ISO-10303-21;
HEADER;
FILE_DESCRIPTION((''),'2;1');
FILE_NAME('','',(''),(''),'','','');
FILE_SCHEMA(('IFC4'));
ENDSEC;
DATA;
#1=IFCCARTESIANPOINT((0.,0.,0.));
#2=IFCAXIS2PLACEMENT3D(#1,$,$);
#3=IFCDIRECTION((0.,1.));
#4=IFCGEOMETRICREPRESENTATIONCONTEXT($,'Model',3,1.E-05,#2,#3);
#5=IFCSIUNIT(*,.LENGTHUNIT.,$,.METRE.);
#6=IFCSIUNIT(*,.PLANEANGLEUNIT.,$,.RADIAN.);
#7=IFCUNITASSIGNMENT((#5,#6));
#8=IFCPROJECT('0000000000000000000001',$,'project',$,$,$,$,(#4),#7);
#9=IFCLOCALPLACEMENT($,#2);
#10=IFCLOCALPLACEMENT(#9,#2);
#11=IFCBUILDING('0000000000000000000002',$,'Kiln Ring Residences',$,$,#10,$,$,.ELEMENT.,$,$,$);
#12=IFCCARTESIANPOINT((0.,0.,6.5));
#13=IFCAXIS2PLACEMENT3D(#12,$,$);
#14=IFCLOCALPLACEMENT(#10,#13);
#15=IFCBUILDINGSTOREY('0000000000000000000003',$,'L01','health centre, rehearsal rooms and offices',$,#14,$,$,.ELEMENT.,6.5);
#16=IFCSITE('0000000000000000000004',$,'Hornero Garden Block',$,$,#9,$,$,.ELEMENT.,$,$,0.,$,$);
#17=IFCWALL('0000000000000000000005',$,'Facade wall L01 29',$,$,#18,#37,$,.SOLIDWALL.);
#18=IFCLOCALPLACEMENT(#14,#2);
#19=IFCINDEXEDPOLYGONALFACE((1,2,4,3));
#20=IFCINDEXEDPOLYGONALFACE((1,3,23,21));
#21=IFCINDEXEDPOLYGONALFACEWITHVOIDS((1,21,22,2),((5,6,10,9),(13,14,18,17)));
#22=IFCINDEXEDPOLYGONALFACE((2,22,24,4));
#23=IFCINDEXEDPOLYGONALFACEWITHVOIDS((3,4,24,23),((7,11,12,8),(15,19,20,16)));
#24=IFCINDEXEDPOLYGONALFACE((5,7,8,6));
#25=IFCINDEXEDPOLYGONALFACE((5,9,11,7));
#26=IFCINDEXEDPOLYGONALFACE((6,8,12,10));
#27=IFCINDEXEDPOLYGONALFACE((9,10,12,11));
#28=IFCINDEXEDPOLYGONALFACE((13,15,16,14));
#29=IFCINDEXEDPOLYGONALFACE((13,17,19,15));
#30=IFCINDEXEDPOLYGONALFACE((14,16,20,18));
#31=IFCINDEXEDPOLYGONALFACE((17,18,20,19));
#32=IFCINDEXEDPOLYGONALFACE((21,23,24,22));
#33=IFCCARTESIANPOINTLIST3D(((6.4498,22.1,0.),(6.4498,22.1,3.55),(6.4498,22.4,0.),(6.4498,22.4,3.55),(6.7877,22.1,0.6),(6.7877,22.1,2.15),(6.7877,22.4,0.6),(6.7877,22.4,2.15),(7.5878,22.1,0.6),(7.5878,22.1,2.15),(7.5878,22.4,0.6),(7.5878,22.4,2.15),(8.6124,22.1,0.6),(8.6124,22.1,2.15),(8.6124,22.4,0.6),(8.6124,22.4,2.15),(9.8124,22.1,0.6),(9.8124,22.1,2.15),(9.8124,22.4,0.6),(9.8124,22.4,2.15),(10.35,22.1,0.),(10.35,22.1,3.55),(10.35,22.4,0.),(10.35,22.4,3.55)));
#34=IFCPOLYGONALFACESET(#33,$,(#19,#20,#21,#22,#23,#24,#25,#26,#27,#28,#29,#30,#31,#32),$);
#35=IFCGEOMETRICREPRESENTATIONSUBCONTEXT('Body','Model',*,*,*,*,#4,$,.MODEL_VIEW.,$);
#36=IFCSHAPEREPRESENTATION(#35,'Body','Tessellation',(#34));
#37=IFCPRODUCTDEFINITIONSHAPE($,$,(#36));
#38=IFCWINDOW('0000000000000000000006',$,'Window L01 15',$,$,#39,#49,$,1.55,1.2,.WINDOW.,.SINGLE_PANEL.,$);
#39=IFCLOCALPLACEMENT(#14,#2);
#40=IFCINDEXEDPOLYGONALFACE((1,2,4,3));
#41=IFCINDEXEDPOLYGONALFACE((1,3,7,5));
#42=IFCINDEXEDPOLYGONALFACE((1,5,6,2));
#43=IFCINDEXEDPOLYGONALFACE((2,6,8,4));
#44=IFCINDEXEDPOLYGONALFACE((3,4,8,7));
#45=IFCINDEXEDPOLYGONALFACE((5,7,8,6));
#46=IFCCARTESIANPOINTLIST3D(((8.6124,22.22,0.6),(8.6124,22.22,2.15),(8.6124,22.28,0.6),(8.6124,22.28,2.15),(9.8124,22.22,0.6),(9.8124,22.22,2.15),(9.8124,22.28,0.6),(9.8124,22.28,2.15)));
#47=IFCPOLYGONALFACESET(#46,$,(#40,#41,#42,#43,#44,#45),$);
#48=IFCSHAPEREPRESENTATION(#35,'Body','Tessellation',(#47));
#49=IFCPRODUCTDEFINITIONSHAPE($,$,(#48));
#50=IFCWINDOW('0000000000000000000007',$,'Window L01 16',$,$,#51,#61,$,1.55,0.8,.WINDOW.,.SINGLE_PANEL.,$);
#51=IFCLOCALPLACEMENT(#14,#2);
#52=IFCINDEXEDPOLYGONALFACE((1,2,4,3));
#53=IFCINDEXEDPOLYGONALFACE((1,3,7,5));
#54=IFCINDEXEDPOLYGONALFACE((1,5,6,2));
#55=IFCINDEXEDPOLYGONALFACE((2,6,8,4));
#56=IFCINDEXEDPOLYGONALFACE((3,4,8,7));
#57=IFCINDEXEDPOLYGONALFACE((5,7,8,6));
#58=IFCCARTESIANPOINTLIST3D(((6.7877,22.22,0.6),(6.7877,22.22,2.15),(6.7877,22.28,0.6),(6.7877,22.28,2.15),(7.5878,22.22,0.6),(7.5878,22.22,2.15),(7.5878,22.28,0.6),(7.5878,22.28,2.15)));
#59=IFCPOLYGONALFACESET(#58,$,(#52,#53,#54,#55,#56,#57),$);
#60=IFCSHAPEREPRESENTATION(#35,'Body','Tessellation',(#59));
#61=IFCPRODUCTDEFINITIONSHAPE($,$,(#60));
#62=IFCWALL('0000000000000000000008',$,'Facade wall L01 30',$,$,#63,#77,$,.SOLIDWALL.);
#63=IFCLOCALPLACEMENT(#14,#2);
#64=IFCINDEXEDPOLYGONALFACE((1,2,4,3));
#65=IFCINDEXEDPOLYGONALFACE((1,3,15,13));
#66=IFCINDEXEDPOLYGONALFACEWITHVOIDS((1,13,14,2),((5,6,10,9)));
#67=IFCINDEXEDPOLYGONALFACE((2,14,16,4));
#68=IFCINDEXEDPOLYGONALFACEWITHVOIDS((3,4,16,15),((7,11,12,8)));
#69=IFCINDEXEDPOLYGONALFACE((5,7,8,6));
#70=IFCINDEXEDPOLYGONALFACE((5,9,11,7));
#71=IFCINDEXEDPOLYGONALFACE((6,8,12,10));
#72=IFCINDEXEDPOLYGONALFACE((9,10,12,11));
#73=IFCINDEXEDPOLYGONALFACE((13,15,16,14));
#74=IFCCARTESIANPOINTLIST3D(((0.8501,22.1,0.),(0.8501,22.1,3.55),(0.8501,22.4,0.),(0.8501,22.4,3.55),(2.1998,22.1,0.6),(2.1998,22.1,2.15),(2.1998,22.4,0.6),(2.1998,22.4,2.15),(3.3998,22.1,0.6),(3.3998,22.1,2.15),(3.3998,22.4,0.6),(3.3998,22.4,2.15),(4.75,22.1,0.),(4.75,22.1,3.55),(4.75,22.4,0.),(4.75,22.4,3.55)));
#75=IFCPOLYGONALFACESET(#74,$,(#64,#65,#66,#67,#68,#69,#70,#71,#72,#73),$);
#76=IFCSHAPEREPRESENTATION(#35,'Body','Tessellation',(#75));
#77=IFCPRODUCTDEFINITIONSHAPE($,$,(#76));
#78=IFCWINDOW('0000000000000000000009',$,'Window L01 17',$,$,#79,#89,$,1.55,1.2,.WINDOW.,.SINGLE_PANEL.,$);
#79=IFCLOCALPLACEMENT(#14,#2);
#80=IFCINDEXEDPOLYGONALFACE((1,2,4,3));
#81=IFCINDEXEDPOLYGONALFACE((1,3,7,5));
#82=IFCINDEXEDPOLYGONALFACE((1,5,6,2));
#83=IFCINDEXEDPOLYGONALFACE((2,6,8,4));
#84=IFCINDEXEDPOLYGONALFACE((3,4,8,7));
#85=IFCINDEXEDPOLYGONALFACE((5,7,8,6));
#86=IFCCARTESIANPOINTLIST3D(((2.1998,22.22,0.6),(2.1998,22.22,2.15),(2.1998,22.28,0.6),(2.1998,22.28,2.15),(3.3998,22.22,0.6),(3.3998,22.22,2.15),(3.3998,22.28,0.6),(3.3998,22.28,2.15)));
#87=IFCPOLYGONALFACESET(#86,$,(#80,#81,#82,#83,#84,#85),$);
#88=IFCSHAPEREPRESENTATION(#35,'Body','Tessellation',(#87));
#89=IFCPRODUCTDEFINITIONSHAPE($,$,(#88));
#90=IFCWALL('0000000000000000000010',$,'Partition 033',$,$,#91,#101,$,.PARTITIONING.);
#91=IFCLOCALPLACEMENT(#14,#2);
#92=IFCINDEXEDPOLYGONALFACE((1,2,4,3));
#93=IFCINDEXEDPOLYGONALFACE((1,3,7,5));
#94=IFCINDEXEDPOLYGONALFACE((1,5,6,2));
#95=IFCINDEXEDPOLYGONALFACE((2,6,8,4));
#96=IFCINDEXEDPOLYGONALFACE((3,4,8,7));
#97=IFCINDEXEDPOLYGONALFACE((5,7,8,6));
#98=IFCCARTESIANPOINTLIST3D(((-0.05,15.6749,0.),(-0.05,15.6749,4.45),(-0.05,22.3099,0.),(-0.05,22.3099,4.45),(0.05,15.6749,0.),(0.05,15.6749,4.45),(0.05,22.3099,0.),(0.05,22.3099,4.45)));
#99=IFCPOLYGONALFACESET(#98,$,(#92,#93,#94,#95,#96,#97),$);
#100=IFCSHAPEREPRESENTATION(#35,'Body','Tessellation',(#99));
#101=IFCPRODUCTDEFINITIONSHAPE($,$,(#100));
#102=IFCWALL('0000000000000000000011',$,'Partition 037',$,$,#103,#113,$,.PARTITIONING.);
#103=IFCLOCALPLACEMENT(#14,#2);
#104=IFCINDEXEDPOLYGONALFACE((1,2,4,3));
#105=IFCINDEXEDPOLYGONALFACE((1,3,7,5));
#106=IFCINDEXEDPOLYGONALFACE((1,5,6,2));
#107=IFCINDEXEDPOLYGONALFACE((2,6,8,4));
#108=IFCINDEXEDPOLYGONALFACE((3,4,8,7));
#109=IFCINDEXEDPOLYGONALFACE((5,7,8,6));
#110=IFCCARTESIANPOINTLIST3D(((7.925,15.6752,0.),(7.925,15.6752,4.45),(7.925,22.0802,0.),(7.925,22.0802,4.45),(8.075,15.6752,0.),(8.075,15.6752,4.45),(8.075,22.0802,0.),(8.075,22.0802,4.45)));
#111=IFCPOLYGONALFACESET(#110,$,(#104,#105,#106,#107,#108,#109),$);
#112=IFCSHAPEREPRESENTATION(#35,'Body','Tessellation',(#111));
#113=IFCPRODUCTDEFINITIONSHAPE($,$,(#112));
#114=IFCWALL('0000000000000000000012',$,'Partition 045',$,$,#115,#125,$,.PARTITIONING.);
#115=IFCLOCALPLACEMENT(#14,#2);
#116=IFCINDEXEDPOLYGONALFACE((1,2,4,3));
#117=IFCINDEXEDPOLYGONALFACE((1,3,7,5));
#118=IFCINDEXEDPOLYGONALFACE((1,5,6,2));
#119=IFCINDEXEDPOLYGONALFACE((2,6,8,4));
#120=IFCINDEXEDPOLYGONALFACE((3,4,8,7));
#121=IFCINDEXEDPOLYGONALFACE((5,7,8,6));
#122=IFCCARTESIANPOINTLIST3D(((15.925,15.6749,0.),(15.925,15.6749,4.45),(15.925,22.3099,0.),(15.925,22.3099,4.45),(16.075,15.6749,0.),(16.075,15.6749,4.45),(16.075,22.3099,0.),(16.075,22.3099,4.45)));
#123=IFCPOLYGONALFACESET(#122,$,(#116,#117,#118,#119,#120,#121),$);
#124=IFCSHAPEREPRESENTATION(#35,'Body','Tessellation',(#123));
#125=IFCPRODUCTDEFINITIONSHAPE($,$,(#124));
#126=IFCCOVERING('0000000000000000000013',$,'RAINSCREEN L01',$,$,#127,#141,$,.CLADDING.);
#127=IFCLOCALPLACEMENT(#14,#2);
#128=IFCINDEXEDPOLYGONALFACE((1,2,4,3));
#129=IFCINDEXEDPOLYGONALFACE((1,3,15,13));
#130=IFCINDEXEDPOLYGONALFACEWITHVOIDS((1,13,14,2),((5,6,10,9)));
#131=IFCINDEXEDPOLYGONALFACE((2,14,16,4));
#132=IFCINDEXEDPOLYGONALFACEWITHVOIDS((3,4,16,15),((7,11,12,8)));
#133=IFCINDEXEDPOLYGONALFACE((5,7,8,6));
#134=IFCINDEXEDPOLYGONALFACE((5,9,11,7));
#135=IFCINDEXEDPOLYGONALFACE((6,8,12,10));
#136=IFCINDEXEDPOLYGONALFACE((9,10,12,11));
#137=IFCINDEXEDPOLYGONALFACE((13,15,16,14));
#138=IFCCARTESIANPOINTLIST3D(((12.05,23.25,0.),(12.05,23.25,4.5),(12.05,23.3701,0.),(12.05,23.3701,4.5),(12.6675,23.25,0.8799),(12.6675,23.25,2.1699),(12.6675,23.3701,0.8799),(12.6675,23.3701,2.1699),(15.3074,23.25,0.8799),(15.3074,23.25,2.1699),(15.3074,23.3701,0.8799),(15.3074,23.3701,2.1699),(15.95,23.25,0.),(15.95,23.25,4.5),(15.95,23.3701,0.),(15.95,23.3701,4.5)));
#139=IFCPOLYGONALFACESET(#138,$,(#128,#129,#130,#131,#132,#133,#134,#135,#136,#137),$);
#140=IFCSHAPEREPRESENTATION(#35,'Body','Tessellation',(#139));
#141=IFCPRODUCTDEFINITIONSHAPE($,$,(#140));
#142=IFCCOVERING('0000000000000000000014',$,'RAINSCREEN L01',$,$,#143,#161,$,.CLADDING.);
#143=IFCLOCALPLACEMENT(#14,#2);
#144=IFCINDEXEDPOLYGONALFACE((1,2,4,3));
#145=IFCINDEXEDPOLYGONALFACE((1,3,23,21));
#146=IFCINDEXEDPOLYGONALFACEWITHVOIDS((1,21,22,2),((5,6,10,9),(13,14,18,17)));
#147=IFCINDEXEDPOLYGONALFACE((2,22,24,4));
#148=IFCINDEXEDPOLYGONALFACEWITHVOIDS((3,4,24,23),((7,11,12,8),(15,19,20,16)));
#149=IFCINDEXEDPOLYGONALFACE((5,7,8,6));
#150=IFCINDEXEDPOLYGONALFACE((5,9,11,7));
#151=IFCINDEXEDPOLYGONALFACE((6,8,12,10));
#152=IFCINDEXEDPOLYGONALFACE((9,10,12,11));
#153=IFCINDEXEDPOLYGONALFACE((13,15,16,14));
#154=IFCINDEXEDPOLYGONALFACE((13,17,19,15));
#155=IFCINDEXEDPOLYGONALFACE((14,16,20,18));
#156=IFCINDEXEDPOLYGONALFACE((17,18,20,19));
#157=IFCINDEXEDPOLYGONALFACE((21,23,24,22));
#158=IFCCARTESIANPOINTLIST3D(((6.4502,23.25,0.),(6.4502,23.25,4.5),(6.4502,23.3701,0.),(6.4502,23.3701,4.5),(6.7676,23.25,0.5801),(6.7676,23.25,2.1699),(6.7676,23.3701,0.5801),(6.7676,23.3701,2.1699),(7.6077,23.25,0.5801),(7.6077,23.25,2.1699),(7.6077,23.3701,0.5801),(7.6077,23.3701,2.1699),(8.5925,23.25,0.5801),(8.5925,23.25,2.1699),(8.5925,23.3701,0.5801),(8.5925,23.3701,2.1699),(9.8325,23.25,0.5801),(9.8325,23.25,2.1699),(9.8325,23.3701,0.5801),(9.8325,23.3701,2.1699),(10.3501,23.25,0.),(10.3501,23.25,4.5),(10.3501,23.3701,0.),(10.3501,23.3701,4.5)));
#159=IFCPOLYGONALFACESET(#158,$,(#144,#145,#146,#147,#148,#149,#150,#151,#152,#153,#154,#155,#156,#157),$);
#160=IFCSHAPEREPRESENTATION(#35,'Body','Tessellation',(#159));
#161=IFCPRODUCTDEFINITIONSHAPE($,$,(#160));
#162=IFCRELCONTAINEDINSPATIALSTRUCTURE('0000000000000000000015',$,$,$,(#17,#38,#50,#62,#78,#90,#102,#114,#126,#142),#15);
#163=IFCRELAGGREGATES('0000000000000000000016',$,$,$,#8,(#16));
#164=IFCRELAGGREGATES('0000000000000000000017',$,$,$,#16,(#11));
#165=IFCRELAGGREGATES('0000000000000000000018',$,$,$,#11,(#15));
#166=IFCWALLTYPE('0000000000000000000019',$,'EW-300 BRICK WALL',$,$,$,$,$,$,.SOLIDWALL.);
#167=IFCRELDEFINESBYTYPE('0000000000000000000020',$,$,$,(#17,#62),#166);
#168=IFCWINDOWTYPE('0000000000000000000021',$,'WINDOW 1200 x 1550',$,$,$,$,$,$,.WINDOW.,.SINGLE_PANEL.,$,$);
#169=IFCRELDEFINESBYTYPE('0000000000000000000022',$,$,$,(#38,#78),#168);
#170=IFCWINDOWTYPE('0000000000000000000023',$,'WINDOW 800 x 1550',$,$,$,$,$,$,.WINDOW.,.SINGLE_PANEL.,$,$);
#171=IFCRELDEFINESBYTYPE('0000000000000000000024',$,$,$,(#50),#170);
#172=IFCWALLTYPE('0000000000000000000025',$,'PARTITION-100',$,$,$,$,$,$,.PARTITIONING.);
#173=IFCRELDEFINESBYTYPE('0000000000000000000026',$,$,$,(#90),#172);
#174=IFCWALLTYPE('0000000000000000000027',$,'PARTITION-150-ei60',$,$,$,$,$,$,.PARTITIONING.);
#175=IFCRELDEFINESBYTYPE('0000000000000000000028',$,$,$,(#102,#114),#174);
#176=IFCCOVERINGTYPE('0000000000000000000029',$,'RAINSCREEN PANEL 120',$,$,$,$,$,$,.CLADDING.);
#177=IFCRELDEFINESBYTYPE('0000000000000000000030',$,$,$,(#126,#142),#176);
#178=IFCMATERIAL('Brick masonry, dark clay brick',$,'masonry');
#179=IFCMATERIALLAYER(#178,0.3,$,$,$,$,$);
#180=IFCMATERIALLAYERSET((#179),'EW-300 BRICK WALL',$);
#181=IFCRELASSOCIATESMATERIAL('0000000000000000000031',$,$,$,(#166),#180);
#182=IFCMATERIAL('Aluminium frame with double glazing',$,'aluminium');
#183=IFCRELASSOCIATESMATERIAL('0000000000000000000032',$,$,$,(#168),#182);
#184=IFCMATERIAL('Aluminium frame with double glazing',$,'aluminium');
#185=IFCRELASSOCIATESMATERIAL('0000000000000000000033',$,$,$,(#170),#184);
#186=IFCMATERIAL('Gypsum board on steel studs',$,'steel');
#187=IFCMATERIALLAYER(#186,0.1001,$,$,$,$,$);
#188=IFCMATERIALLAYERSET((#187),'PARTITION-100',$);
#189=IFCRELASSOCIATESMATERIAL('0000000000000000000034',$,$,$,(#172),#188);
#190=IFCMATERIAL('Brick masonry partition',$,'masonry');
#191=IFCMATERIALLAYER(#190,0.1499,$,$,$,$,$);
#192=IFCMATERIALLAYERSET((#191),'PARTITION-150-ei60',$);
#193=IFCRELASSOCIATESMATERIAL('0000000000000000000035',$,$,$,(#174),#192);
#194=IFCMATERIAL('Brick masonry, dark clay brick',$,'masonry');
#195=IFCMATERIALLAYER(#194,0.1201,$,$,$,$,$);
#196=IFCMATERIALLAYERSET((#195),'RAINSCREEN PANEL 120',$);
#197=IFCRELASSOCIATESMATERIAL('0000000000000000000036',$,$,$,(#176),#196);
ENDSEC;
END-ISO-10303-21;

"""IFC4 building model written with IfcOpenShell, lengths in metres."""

from ifc_helpers import new_model, si_unit, direction, frame, frame_2d, origin, place, context, subcontext, project, spatial, polyline, rectangle, outline, extrude, material, layer, layer_set, type_object, element, fill, save


model = new_model("IFC4")

# Units and contexts
model_context = context("Model", 3, precision=1e-05, world=origin(), true_north=direction((0.0, 1.0)))
body_context = subcontext(model_context, "Body", "Model", "MODEL_VIEW")
ifc_project = project(units=[si_unit("LENGTHUNIT", "METRE"), si_unit("PLANEANGLEUNIT", "RADIAN")], contexts=[model_context])

# Site, building, storey
site_placement = place(None, origin())
site = spatial("IfcSite", under=ifc_project, at=site_placement, Name="Hornero Garden Block", CompositionType="ELEMENT", RefElevation=0.0)
building_placement = place(site_placement, origin())
building = spatial("IfcBuilding", under=site, at=building_placement, Name="Kiln Ring Residences", CompositionType="ELEMENT")
storey_placement = place(building_placement, frame((0.0, 0.0, 6.5)))
storey = spatial("IfcBuildingStorey", under=building, at=storey_placement, Name="L01", Description="health centre, rehearsal rooms and offices", CompositionType="ELEMENT", Elevation=6.5)

# Shared definitions
ifc_material_1 = material(Name="Brick masonry, dark clay brick", Category="masonry")
ifc_layer_1 = layer(ifc_material_1, 0.3)
ifc_layer_set_1 = layer_set([ifc_layer_1], Name="EW-300 BRICK WALL")
wall_type_1 = type_object("IfcWallType", Name="EW-300 BRICK WALL", PredefinedType="SOLIDWALL", material=ifc_layer_set_1)

# Wall, openings, windows
wall_1_placement = place(storey_placement, frame((10.3501, 22.25, 0.0), z_axis=(0.0, 0.0, 1.0), x_axis=(-1.0, 0.0, 0.0)))
wall_1 = element("IfcWall", 1, at=wall_1_placement, inside=storey, type_object=wall_type_1, Name="Facade wall L01 29", PredefinedType="SOLIDWALL", context=body_context, shape_type="SweptSolid", body=[
    extrude(rectangle(XDim=3.9001, YDim=0.3, at=frame_2d((1.9502, 0.0))), origin(), (0.0, 0.0, 1.0), 3.55),
])
opening_1_placement = place(wall_1_placement, frame((0.5376, 0.0, 0.6001)))
opening_1 = element("IfcOpeningElement", 2, at=opening_1_placement, cuts=wall_1, PredefinedType="OPENING", context=body_context, shape_type="SweptSolid", body=[
    extrude(rectangle(XDim=1.2, YDim=1.55, at=frame_2d((0.6001, 0.7749))), frame((0.0, 0.1599, 0.0), z_axis=(0.0, -1.0, 0.0), x_axis=(1.0, 0.0, 0.0)), (0.0, 0.0, 1.0), 0.3201),
])
opening_2_placement = place(wall_1_placement, frame((2.7625, 0.0, 0.6001)))
opening_2 = element("IfcOpeningElement", 3, at=opening_2_placement, cuts=wall_1, PredefinedType="OPENING", context=body_context, shape_type="SweptSolid", body=[
    extrude(rectangle(XDim=0.8, YDim=1.55, at=frame_2d((0.3999, 0.7749))), frame((0.0, 0.1599, 0.0), z_axis=(0.0, -1.0, 0.0), x_axis=(1.0, 0.0, 0.0)), (0.0, 0.0, 1.0), 0.3201),
])
ifc_material_2 = material(Name="Aluminium frame with double glazing", Category="aluminium")
window_type_1 = type_object("IfcWindowType", Name="WINDOW 1200 x 1550", PartitioningType="SINGLE_PANEL", PredefinedType="WINDOW", material=ifc_material_2)
window_1_placement = place(opening_1_placement, origin())
window_1 = element("IfcWindow", 4, at=window_1_placement, inside=storey, type_object=window_type_1, Name="Window L01 15", OverallHeight=1.55, OverallWidth=1.2, PartitioningType="SINGLE_PANEL", PredefinedType="WINDOW", context=body_context, shape_type="SweptSolid", body=[
    extrude(rectangle(XDim=1.2, YDim=1.55, at=frame_2d((0.6001, 0.7749))), frame((0.0, 0.03, 0.0), z_axis=(0.0, -1.0, 0.0), x_axis=(1.0, 0.0, 0.0)), (0.0, 0.0, 1.0), 0.0601),
])
fill(opening_1, window_1)
ifc_material_3 = material(Name="Aluminium frame with double glazing", Category="aluminium")
window_type_2 = type_object("IfcWindowType", Name="WINDOW 800 x 1550", PartitioningType="SINGLE_PANEL", PredefinedType="WINDOW", material=ifc_material_3)
window_2_placement = place(opening_2_placement, origin())
window_2 = element("IfcWindow", 5, at=window_2_placement, inside=storey, type_object=window_type_2, Name="Window L01 16", OverallHeight=1.55, OverallWidth=0.8, PartitioningType="SINGLE_PANEL", PredefinedType="WINDOW", context=body_context, shape_type="SweptSolid", body=[
    extrude(rectangle(XDim=0.8, YDim=1.55, at=frame_2d((0.3999, 0.7749))), frame((0.0, 0.03, 0.0), z_axis=(0.0, -1.0, 0.0), x_axis=(1.0, 0.0, 0.0)), (0.0, 0.0, 1.0), 0.0601),
])
fill(opening_2, window_2)

# Wall, opening, window
wall_2_placement = place(storey_placement, frame((4.75, 22.25, 0.0), z_axis=(0.0, 0.0, 1.0), x_axis=(-1.0, 0.0, 0.0)))
wall_2 = element("IfcWall", 6, at=wall_2_placement, inside=storey, type_object=wall_type_1, Name="Facade wall L01 30", PredefinedType="SOLIDWALL", context=body_context, shape_type="SweptSolid", body=[
    extrude(rectangle(XDim=3.8999, YDim=0.3, at=frame_2d((1.95, 0.0))), origin(), (0.0, 0.0, 1.0), 3.55),
])
opening_3_placement = place(wall_2_placement, frame((1.3501, 0.0, 0.6001)))
opening_3 = element("IfcOpeningElement", 7, at=opening_3_placement, cuts=wall_2, PredefinedType="OPENING", context=body_context, shape_type="SweptSolid", body=[
    extrude(rectangle(XDim=1.2, YDim=1.55, at=frame_2d((0.6001, 0.7749))), frame((0.0, 0.1599, 0.0), z_axis=(0.0, -1.0, 0.0), x_axis=(1.0, 0.0, 0.0)), (0.0, 0.0, 1.0), 0.3201),
])
window_3_placement = place(opening_3_placement, origin())
window_3 = element("IfcWindow", 8, at=window_3_placement, inside=storey, type_object=window_type_1, Name="Window L01 17", OverallHeight=1.55, OverallWidth=1.2, PartitioningType="SINGLE_PANEL", PredefinedType="WINDOW", context=body_context, shape_type="SweptSolid", body=[
    extrude(rectangle(XDim=1.2, YDim=1.55, at=frame_2d((0.6001, 0.7749))), frame((0.0, 0.03, 0.0), z_axis=(0.0, -1.0, 0.0), x_axis=(1.0, 0.0, 0.0)), (0.0, 0.0, 1.0), 0.0601),
])
fill(opening_3, window_3)

# Walls
ifc_material_4 = material(Name="Gypsum board on steel studs", Category="steel")
ifc_layer_2 = layer(ifc_material_4, 0.1001)
ifc_layer_set_2 = layer_set([ifc_layer_2], Name="PARTITION-100")
wall_type_2 = type_object("IfcWallType", Name="PARTITION-100", PredefinedType="PARTITIONING", material=ifc_layer_set_2)
wall_3_placement = place(storey_placement, frame((0.0, 15.675, 0.0), z_axis=(0.0, 0.0, 1.0), x_axis=(0.0, 1.0, 0.0)))
element("IfcWall", 9, at=wall_3_placement, inside=storey, type_object=wall_type_2, Name="Partition 033", PredefinedType="PARTITIONING", context=body_context, shape_type="SweptSolid", body=[
    extrude(rectangle(XDim=6.635, YDim=0.1001, at=frame_2d((3.3174, 0.0))), origin(), (0.0, 0.0, 1.0), 4.45),
])
ifc_material_5 = material(Name="Brick masonry partition", Category="masonry")
ifc_layer_3 = layer(ifc_material_5, 0.1499)
ifc_layer_set_3 = layer_set([ifc_layer_3], Name="PARTITION-150-ei60")
wall_type_3 = type_object("IfcWallType", Name="PARTITION-150-ei60", PredefinedType="PARTITIONING", material=ifc_layer_set_3)
wall_4_placement = place(storey_placement, frame((8.0, 15.675, 0.0), z_axis=(0.0, 0.0, 1.0), x_axis=(0.0, 1.0, 0.0)))
element("IfcWall", 10, at=wall_4_placement, inside=storey, type_object=wall_type_3, Name="Partition 037", PredefinedType="PARTITIONING", context=body_context, shape_type="SweptSolid", body=[
    extrude(rectangle(XDim=6.405, YDim=0.1499, at=frame_2d((3.2026, 0.0))), origin(), (0.0, 0.0, 1.0), 4.45),
])
wall_5_placement = place(storey_placement, frame((16.0, 15.675, 0.0), z_axis=(0.0, 0.0, 1.0), x_axis=(0.0, 1.0, 0.0)))
element("IfcWall", 11, at=wall_5_placement, inside=storey, type_object=wall_type_3, Name="Partition 045", PredefinedType="PARTITIONING", context=body_context, shape_type="SweptSolid", body=[
    extrude(rectangle(XDim=6.635, YDim=0.1499, at=frame_2d((3.3174, 0.0))), origin(), (0.0, 0.0, 1.0), 4.45),
])

# Coverings
ifc_material_6 = material(Name="Brick masonry, dark clay brick", Category="masonry")
ifc_layer_4 = layer(ifc_material_6, 0.1201)
ifc_layer_set_4 = layer_set([ifc_layer_4], Name="RAINSCREEN PANEL 120")
covering_type = type_object("IfcCoveringType", Name="RAINSCREEN PANEL 120", PredefinedType="CLADDING", material=ifc_layer_set_4)
covering_1_placement = place(storey_placement, frame((15.95, 23.3101, 0.0), z_axis=(0.0, 0.0, 1.0), x_axis=(-1.0, 0.0, 0.0)))
element("IfcCovering", 12, at=covering_1_placement, inside=storey, type_object=covering_type, Name="RAINSCREEN L01", PredefinedType="CLADDING", context=body_context, shape_type="SweptSolid", body=[
    extrude(outline(polyline([(0.0, 0.0), (3.8999, 0.0), (3.8999, 4.5), (0.0, 4.5), (0.0, 0.0)]), holes=[polyline([(0.6426, 2.1699), (0.6426, 0.8799), (3.2825, 0.8799), (3.2825, 2.1699), (0.6426, 2.1699)])]), frame((0.0, 0.0601, 0.0), z_axis=(0.0, -1.0, 0.0), x_axis=(1.0, 0.0, 0.0)), (0.0, 0.0, 1.0), 0.1201),
])
covering_2_placement = place(storey_placement, frame((10.3501, 23.3101, 0.0), z_axis=(0.0, 0.0, 1.0), x_axis=(-1.0, 0.0, 0.0)))
element("IfcCovering", 13, at=covering_2_placement, inside=storey, type_object=covering_type, Name="RAINSCREEN L01", PredefinedType="CLADDING", context=body_context, shape_type="SweptSolid", body=[
    extrude(outline(polyline([(0.0, 0.0), (3.8999, 0.0), (3.8999, 4.5), (0.0, 4.5), (0.0, 0.0)]), holes=[polyline([(1.7576, 2.1699), (0.5176, 2.1699), (0.5176, 0.5801), (1.7576, 0.5801), (1.7576, 2.1699)]), polyline([(3.5825, 2.1699), (2.7424, 2.1699), (2.7424, 0.5801), (3.5825, 0.5801), (3.5825, 2.1699)])]), frame((0.0, 0.0601, 0.0), z_axis=(0.0, -1.0, 0.0), x_axis=(1.0, 0.0, 0.0)), (0.0, 0.0, 1.0), 0.1201),
])

save(model, "model.ifc")
